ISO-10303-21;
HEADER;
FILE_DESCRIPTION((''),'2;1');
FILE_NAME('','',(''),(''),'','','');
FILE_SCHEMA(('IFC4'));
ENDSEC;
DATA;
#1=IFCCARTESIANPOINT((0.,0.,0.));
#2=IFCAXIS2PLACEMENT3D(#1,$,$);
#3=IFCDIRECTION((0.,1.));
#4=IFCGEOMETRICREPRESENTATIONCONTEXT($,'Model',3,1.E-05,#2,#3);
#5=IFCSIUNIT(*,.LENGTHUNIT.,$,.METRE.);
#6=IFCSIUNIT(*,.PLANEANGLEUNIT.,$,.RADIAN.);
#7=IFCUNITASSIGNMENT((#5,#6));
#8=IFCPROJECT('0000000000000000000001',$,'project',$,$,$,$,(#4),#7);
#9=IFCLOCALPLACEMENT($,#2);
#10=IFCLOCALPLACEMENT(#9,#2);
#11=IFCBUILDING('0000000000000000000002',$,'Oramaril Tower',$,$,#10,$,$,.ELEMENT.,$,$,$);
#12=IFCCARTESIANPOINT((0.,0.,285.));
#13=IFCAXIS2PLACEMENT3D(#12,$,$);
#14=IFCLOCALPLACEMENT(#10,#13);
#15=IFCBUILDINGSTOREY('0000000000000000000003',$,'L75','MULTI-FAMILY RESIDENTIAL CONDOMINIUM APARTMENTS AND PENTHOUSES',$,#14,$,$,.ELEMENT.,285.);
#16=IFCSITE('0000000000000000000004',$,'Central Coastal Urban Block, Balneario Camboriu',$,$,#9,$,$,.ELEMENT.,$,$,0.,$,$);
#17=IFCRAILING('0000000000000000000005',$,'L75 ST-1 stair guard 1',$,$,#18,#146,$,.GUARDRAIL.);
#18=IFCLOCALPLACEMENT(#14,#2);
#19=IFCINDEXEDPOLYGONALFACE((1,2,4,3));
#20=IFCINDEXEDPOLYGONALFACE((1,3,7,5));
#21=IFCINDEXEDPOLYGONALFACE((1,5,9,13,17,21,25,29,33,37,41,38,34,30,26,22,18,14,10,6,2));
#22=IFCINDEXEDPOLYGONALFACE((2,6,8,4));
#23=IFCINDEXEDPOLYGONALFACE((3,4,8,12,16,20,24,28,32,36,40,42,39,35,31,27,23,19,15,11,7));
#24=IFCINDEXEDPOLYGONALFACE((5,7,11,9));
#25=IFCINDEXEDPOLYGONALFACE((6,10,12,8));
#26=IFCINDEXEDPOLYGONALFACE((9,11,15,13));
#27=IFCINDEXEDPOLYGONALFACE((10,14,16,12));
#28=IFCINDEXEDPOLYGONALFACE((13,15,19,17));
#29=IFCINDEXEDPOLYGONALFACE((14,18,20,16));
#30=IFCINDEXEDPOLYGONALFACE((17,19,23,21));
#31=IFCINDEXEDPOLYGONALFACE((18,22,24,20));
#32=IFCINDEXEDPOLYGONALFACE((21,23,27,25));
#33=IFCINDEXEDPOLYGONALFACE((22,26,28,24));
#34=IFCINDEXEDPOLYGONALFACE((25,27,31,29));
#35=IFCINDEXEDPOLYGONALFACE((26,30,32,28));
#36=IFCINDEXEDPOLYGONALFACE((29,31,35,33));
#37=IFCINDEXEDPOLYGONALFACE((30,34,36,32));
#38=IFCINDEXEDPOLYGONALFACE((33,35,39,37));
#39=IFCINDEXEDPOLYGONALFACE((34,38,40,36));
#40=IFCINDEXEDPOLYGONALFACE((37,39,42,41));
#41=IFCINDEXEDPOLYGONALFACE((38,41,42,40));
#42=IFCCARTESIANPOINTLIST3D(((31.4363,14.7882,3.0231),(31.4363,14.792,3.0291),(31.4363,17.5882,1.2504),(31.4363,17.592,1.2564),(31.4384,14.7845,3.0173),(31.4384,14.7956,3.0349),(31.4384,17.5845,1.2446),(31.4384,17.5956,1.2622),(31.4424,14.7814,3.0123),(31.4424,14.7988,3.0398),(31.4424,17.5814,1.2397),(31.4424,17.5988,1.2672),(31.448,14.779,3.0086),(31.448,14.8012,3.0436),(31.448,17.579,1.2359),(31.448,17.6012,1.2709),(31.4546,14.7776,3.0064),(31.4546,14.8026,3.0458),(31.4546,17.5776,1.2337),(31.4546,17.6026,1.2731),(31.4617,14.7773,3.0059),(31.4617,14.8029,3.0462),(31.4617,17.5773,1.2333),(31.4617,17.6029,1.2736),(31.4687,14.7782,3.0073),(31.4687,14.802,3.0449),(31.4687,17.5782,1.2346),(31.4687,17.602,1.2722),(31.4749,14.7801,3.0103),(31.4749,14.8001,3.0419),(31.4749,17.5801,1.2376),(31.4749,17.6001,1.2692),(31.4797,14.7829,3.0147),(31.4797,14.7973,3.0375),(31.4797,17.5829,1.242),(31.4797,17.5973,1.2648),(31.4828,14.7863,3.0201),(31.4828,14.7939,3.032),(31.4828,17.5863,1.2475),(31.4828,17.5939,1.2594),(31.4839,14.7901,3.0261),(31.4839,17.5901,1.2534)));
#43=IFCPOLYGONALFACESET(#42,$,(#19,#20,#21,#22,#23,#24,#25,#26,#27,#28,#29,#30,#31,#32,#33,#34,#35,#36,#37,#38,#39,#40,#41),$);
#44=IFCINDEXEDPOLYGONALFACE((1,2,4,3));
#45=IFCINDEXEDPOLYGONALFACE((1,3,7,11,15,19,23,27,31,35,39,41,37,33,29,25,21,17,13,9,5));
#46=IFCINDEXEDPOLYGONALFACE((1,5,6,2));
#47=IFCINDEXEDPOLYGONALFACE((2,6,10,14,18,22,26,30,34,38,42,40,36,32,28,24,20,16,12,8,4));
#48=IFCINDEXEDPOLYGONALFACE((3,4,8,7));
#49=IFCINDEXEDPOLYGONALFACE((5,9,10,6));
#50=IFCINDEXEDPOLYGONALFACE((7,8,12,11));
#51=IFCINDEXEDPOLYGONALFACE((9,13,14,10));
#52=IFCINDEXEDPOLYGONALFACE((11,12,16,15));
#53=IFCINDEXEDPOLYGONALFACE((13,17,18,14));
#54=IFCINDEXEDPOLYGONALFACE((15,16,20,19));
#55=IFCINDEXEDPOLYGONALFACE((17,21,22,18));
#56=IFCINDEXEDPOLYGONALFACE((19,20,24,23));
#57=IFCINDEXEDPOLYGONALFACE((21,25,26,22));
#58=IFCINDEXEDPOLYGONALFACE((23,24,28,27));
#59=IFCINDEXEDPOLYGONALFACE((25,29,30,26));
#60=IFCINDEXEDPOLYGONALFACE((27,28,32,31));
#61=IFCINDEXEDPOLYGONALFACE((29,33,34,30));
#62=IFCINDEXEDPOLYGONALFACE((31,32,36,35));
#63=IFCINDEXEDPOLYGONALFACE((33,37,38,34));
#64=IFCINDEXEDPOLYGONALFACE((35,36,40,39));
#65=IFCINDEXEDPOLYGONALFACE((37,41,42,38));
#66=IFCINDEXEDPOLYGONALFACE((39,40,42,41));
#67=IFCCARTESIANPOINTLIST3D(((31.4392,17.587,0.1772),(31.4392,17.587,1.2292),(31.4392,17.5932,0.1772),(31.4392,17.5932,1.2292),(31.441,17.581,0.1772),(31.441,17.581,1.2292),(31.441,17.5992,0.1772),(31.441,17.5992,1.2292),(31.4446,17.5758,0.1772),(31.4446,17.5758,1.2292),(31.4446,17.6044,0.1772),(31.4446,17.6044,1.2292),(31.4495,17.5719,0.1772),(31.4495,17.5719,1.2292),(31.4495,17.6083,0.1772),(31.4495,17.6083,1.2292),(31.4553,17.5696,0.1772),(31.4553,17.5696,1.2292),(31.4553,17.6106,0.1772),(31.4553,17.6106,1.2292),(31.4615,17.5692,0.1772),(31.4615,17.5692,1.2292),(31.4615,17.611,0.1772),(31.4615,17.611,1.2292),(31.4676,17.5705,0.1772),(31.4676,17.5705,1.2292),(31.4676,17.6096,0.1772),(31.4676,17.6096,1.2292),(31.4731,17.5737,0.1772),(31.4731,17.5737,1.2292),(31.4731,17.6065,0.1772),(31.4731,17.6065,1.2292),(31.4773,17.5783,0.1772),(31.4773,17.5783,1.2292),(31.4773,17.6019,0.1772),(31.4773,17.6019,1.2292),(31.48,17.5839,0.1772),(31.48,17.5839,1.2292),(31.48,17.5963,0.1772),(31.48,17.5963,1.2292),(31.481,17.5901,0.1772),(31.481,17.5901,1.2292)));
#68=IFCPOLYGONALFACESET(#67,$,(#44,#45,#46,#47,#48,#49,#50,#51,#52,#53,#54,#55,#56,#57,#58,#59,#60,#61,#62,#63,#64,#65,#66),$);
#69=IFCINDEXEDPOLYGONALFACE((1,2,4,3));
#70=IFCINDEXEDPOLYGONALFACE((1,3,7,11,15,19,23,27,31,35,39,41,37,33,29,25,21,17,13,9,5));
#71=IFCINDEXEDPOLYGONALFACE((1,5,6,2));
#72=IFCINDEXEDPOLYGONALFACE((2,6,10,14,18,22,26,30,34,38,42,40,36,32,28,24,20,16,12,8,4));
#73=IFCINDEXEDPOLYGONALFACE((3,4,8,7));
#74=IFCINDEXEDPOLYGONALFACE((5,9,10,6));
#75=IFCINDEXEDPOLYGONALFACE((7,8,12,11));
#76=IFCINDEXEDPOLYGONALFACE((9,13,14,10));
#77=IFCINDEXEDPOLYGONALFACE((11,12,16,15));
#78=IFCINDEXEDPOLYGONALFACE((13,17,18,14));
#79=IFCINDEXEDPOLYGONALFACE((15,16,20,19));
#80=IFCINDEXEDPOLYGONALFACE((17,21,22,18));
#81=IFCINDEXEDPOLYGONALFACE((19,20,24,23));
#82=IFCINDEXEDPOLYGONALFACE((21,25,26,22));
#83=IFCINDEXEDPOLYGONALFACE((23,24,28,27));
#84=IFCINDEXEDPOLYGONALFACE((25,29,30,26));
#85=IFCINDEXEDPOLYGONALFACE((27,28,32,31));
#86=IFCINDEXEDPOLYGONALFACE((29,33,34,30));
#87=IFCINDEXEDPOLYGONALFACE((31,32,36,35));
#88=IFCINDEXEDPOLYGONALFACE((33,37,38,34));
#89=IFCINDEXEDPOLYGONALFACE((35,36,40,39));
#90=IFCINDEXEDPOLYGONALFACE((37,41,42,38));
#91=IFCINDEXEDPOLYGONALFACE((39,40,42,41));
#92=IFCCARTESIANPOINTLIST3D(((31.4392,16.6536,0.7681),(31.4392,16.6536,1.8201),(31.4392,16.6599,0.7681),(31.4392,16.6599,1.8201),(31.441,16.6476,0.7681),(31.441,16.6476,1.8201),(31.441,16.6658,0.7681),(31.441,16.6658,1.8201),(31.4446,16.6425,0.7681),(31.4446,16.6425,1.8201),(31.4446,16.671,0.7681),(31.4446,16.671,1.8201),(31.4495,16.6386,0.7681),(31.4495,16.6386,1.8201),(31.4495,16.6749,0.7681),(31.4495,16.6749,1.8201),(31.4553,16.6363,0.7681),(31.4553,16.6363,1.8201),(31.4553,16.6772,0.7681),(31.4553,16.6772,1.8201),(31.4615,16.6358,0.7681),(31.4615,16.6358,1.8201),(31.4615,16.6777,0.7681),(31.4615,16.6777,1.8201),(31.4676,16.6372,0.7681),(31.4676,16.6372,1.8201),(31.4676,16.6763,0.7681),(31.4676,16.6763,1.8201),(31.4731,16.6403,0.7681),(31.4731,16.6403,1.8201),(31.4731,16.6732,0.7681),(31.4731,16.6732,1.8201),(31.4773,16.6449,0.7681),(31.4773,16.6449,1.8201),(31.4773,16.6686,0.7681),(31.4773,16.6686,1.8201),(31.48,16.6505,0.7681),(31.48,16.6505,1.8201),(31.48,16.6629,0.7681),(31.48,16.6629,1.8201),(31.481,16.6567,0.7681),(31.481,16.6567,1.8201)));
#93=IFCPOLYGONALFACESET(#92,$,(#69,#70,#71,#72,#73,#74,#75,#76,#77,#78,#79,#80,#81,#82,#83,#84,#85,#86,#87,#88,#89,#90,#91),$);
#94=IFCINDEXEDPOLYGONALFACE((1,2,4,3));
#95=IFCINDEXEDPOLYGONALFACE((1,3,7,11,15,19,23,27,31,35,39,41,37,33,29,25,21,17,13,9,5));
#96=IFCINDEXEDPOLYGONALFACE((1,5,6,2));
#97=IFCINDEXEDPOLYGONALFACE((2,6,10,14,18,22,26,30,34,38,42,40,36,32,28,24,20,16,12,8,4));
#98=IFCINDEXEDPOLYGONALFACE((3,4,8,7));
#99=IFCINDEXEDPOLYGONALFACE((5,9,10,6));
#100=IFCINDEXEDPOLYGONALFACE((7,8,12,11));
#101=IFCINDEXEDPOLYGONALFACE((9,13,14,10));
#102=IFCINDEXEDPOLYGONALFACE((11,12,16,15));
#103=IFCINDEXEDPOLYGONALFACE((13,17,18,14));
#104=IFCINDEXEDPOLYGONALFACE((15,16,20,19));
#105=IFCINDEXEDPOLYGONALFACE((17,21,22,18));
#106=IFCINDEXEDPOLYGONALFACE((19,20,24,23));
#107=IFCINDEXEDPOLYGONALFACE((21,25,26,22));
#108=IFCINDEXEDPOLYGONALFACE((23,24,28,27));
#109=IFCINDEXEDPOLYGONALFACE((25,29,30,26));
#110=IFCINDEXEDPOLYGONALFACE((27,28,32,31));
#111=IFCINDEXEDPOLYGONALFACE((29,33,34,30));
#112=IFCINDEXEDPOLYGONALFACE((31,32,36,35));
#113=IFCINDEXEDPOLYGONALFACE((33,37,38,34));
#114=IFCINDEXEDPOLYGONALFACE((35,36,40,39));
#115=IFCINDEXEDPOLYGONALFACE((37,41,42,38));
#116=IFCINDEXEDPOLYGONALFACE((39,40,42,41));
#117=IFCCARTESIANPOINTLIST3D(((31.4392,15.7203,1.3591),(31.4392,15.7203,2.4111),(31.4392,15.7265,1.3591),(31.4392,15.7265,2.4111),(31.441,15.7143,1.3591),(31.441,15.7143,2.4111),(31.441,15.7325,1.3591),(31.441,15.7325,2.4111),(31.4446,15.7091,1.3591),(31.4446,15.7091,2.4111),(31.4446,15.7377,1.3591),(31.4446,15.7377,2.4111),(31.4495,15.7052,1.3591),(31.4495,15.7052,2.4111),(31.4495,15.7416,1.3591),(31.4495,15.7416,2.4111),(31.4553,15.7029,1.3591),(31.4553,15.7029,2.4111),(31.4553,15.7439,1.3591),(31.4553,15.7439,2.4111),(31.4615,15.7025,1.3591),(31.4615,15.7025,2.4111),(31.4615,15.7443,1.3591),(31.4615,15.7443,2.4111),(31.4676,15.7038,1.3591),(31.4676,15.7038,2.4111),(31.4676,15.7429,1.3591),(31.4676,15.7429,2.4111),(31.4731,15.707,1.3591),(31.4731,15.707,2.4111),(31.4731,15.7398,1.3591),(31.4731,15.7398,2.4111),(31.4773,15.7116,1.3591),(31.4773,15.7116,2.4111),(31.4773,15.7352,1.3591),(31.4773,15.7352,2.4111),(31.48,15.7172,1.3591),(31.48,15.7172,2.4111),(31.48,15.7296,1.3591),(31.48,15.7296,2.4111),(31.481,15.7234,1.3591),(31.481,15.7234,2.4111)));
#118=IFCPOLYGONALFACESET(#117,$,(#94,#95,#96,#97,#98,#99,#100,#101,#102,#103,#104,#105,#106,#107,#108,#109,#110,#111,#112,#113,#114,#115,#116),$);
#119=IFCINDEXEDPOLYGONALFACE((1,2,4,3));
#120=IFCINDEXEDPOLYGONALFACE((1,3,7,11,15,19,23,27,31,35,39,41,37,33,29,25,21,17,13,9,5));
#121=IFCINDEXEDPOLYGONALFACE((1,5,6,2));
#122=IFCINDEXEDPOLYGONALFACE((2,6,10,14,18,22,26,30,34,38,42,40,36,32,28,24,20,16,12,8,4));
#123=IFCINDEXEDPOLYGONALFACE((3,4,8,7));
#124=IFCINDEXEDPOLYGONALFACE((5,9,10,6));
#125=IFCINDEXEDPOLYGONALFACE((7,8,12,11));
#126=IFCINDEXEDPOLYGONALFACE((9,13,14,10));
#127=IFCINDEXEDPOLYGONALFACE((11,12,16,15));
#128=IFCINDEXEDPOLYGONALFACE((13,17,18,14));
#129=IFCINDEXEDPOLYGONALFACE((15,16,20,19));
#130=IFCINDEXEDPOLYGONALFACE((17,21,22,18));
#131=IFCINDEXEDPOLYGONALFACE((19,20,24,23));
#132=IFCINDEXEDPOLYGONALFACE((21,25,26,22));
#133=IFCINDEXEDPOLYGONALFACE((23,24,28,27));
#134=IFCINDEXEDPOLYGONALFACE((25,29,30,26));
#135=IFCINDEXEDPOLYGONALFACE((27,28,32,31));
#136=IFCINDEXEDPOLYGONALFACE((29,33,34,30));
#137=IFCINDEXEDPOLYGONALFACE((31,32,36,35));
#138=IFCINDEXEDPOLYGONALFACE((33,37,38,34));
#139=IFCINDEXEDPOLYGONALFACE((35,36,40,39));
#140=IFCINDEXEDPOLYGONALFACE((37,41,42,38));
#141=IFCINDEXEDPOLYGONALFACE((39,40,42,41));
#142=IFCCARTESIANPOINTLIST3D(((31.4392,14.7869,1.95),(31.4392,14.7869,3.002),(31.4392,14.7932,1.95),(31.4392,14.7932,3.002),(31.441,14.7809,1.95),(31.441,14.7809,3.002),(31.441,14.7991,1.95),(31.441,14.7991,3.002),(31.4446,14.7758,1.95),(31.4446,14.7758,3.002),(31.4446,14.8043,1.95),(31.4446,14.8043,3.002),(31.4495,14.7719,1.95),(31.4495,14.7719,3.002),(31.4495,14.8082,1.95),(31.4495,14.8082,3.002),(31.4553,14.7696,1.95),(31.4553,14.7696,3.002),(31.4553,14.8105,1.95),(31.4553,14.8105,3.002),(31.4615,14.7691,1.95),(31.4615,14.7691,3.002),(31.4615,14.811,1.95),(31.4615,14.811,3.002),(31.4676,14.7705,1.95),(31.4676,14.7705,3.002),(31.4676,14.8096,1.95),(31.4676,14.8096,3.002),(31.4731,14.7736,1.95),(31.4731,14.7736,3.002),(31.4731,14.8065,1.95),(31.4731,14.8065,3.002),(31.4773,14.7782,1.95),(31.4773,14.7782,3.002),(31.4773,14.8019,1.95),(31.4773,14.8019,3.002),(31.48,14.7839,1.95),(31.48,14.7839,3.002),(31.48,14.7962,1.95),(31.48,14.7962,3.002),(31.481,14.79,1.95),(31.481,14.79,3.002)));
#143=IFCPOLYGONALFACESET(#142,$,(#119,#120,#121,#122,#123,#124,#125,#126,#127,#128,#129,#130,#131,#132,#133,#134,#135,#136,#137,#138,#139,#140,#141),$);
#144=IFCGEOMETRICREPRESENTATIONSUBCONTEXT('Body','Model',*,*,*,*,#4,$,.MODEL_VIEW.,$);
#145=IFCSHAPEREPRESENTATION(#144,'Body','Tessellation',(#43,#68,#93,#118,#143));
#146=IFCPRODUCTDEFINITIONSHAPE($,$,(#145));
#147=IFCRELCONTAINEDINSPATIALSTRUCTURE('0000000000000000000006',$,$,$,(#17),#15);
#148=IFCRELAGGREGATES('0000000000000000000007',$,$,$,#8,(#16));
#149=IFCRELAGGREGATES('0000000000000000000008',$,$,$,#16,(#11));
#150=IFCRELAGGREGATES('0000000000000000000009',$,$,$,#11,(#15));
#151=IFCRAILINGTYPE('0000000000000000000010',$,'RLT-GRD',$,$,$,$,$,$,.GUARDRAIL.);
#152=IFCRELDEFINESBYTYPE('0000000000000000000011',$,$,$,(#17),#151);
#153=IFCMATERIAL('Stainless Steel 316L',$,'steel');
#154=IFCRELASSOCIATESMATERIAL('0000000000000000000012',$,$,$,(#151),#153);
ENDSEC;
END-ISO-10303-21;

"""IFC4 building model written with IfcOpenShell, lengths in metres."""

from ifc_helpers import new_model, si_unit, direction, frame, origin, origin_2d, place, context, subcontext, project, spatial, circle, extrude, material, type_object, element, save


model = new_model("IFC4")

# Units and contexts
model_context = context("Model", 3, precision=1e-05, world=origin(), true_north=direction((0.0, 1.0)))
body_context = subcontext(model_context, "Body", "Model", "MODEL_VIEW")
ifc_project = project(units=[si_unit("LENGTHUNIT", "METRE"), si_unit("PLANEANGLEUNIT", "RADIAN")], contexts=[model_context])

# Site, building, storey
site_placement = place(None, origin())
site = spatial("IfcSite", under=ifc_project, at=site_placement, Name="Central Coastal Urban Block, Balneario Camboriu", CompositionType="ELEMENT", RefElevation=0.0)
building_placement = place(site_placement, origin())
building = spatial("IfcBuilding", under=site, at=building_placement, Name="Oramaril Tower", CompositionType="ELEMENT")
storey_placement = place(building_placement, frame((0.0, 0.0, 285.0)))
storey = spatial("IfcBuildingStorey", under=building, at=storey_placement, Name="L75", Description="MULTI-FAMILY RESIDENTIAL CONDOMINIUM APARTMENTS AND PENTHOUSES", CompositionType="ELEMENT", Elevation=285.0)

# Railing
ifc_material_1 = material(Name="Stainless Steel 316L", Category="steel")
railing_type_1 = type_object("IfcRailingType", Name="RLT-GRD", PredefinedType="GUARDRAIL", material=ifc_material_1)
railing_1_placement = place(storey_placement, frame((31.46, 17.5901, 0.1772)))
element("IfcRailing", 1, at=railing_1_placement, inside=storey, type_object=railing_type_1, Name="L75 ST-1 stair guard 1", PredefinedType="GUARDRAIL", context=body_context, shape_type="SweptSolid", body=[
    extrude(circle(Radius=0.0239, at=origin_2d()), frame((0.0, 0.0, 1.0762), z_axis=(0.0, -0.844909, 0.53491), x_axis=(1.0, 0.0, 0.0)), (0.0, 0.0, 1.0), 3.314),
    extrude(circle(Radius=0.021, at=origin_2d()), origin(), (0.0, 0.0, 1.0), 1.052),
    extrude(circle(Radius=0.021, at=origin_2d()), frame((0.0, -0.9333, 0.5908)), (0.0, 0.0, 1.0), 1.052),
    extrude(circle(Radius=0.021, at=origin_2d()), frame((0.0, -1.8667, 1.1819)), (0.0, 0.0, 1.0), 1.052),
    extrude(circle(Radius=0.021, at=origin_2d()), frame((0.0, -2.8, 1.7727)), (0.0, 0.0, 1.0), 1.052),
])

save(model, "model.ifc")
